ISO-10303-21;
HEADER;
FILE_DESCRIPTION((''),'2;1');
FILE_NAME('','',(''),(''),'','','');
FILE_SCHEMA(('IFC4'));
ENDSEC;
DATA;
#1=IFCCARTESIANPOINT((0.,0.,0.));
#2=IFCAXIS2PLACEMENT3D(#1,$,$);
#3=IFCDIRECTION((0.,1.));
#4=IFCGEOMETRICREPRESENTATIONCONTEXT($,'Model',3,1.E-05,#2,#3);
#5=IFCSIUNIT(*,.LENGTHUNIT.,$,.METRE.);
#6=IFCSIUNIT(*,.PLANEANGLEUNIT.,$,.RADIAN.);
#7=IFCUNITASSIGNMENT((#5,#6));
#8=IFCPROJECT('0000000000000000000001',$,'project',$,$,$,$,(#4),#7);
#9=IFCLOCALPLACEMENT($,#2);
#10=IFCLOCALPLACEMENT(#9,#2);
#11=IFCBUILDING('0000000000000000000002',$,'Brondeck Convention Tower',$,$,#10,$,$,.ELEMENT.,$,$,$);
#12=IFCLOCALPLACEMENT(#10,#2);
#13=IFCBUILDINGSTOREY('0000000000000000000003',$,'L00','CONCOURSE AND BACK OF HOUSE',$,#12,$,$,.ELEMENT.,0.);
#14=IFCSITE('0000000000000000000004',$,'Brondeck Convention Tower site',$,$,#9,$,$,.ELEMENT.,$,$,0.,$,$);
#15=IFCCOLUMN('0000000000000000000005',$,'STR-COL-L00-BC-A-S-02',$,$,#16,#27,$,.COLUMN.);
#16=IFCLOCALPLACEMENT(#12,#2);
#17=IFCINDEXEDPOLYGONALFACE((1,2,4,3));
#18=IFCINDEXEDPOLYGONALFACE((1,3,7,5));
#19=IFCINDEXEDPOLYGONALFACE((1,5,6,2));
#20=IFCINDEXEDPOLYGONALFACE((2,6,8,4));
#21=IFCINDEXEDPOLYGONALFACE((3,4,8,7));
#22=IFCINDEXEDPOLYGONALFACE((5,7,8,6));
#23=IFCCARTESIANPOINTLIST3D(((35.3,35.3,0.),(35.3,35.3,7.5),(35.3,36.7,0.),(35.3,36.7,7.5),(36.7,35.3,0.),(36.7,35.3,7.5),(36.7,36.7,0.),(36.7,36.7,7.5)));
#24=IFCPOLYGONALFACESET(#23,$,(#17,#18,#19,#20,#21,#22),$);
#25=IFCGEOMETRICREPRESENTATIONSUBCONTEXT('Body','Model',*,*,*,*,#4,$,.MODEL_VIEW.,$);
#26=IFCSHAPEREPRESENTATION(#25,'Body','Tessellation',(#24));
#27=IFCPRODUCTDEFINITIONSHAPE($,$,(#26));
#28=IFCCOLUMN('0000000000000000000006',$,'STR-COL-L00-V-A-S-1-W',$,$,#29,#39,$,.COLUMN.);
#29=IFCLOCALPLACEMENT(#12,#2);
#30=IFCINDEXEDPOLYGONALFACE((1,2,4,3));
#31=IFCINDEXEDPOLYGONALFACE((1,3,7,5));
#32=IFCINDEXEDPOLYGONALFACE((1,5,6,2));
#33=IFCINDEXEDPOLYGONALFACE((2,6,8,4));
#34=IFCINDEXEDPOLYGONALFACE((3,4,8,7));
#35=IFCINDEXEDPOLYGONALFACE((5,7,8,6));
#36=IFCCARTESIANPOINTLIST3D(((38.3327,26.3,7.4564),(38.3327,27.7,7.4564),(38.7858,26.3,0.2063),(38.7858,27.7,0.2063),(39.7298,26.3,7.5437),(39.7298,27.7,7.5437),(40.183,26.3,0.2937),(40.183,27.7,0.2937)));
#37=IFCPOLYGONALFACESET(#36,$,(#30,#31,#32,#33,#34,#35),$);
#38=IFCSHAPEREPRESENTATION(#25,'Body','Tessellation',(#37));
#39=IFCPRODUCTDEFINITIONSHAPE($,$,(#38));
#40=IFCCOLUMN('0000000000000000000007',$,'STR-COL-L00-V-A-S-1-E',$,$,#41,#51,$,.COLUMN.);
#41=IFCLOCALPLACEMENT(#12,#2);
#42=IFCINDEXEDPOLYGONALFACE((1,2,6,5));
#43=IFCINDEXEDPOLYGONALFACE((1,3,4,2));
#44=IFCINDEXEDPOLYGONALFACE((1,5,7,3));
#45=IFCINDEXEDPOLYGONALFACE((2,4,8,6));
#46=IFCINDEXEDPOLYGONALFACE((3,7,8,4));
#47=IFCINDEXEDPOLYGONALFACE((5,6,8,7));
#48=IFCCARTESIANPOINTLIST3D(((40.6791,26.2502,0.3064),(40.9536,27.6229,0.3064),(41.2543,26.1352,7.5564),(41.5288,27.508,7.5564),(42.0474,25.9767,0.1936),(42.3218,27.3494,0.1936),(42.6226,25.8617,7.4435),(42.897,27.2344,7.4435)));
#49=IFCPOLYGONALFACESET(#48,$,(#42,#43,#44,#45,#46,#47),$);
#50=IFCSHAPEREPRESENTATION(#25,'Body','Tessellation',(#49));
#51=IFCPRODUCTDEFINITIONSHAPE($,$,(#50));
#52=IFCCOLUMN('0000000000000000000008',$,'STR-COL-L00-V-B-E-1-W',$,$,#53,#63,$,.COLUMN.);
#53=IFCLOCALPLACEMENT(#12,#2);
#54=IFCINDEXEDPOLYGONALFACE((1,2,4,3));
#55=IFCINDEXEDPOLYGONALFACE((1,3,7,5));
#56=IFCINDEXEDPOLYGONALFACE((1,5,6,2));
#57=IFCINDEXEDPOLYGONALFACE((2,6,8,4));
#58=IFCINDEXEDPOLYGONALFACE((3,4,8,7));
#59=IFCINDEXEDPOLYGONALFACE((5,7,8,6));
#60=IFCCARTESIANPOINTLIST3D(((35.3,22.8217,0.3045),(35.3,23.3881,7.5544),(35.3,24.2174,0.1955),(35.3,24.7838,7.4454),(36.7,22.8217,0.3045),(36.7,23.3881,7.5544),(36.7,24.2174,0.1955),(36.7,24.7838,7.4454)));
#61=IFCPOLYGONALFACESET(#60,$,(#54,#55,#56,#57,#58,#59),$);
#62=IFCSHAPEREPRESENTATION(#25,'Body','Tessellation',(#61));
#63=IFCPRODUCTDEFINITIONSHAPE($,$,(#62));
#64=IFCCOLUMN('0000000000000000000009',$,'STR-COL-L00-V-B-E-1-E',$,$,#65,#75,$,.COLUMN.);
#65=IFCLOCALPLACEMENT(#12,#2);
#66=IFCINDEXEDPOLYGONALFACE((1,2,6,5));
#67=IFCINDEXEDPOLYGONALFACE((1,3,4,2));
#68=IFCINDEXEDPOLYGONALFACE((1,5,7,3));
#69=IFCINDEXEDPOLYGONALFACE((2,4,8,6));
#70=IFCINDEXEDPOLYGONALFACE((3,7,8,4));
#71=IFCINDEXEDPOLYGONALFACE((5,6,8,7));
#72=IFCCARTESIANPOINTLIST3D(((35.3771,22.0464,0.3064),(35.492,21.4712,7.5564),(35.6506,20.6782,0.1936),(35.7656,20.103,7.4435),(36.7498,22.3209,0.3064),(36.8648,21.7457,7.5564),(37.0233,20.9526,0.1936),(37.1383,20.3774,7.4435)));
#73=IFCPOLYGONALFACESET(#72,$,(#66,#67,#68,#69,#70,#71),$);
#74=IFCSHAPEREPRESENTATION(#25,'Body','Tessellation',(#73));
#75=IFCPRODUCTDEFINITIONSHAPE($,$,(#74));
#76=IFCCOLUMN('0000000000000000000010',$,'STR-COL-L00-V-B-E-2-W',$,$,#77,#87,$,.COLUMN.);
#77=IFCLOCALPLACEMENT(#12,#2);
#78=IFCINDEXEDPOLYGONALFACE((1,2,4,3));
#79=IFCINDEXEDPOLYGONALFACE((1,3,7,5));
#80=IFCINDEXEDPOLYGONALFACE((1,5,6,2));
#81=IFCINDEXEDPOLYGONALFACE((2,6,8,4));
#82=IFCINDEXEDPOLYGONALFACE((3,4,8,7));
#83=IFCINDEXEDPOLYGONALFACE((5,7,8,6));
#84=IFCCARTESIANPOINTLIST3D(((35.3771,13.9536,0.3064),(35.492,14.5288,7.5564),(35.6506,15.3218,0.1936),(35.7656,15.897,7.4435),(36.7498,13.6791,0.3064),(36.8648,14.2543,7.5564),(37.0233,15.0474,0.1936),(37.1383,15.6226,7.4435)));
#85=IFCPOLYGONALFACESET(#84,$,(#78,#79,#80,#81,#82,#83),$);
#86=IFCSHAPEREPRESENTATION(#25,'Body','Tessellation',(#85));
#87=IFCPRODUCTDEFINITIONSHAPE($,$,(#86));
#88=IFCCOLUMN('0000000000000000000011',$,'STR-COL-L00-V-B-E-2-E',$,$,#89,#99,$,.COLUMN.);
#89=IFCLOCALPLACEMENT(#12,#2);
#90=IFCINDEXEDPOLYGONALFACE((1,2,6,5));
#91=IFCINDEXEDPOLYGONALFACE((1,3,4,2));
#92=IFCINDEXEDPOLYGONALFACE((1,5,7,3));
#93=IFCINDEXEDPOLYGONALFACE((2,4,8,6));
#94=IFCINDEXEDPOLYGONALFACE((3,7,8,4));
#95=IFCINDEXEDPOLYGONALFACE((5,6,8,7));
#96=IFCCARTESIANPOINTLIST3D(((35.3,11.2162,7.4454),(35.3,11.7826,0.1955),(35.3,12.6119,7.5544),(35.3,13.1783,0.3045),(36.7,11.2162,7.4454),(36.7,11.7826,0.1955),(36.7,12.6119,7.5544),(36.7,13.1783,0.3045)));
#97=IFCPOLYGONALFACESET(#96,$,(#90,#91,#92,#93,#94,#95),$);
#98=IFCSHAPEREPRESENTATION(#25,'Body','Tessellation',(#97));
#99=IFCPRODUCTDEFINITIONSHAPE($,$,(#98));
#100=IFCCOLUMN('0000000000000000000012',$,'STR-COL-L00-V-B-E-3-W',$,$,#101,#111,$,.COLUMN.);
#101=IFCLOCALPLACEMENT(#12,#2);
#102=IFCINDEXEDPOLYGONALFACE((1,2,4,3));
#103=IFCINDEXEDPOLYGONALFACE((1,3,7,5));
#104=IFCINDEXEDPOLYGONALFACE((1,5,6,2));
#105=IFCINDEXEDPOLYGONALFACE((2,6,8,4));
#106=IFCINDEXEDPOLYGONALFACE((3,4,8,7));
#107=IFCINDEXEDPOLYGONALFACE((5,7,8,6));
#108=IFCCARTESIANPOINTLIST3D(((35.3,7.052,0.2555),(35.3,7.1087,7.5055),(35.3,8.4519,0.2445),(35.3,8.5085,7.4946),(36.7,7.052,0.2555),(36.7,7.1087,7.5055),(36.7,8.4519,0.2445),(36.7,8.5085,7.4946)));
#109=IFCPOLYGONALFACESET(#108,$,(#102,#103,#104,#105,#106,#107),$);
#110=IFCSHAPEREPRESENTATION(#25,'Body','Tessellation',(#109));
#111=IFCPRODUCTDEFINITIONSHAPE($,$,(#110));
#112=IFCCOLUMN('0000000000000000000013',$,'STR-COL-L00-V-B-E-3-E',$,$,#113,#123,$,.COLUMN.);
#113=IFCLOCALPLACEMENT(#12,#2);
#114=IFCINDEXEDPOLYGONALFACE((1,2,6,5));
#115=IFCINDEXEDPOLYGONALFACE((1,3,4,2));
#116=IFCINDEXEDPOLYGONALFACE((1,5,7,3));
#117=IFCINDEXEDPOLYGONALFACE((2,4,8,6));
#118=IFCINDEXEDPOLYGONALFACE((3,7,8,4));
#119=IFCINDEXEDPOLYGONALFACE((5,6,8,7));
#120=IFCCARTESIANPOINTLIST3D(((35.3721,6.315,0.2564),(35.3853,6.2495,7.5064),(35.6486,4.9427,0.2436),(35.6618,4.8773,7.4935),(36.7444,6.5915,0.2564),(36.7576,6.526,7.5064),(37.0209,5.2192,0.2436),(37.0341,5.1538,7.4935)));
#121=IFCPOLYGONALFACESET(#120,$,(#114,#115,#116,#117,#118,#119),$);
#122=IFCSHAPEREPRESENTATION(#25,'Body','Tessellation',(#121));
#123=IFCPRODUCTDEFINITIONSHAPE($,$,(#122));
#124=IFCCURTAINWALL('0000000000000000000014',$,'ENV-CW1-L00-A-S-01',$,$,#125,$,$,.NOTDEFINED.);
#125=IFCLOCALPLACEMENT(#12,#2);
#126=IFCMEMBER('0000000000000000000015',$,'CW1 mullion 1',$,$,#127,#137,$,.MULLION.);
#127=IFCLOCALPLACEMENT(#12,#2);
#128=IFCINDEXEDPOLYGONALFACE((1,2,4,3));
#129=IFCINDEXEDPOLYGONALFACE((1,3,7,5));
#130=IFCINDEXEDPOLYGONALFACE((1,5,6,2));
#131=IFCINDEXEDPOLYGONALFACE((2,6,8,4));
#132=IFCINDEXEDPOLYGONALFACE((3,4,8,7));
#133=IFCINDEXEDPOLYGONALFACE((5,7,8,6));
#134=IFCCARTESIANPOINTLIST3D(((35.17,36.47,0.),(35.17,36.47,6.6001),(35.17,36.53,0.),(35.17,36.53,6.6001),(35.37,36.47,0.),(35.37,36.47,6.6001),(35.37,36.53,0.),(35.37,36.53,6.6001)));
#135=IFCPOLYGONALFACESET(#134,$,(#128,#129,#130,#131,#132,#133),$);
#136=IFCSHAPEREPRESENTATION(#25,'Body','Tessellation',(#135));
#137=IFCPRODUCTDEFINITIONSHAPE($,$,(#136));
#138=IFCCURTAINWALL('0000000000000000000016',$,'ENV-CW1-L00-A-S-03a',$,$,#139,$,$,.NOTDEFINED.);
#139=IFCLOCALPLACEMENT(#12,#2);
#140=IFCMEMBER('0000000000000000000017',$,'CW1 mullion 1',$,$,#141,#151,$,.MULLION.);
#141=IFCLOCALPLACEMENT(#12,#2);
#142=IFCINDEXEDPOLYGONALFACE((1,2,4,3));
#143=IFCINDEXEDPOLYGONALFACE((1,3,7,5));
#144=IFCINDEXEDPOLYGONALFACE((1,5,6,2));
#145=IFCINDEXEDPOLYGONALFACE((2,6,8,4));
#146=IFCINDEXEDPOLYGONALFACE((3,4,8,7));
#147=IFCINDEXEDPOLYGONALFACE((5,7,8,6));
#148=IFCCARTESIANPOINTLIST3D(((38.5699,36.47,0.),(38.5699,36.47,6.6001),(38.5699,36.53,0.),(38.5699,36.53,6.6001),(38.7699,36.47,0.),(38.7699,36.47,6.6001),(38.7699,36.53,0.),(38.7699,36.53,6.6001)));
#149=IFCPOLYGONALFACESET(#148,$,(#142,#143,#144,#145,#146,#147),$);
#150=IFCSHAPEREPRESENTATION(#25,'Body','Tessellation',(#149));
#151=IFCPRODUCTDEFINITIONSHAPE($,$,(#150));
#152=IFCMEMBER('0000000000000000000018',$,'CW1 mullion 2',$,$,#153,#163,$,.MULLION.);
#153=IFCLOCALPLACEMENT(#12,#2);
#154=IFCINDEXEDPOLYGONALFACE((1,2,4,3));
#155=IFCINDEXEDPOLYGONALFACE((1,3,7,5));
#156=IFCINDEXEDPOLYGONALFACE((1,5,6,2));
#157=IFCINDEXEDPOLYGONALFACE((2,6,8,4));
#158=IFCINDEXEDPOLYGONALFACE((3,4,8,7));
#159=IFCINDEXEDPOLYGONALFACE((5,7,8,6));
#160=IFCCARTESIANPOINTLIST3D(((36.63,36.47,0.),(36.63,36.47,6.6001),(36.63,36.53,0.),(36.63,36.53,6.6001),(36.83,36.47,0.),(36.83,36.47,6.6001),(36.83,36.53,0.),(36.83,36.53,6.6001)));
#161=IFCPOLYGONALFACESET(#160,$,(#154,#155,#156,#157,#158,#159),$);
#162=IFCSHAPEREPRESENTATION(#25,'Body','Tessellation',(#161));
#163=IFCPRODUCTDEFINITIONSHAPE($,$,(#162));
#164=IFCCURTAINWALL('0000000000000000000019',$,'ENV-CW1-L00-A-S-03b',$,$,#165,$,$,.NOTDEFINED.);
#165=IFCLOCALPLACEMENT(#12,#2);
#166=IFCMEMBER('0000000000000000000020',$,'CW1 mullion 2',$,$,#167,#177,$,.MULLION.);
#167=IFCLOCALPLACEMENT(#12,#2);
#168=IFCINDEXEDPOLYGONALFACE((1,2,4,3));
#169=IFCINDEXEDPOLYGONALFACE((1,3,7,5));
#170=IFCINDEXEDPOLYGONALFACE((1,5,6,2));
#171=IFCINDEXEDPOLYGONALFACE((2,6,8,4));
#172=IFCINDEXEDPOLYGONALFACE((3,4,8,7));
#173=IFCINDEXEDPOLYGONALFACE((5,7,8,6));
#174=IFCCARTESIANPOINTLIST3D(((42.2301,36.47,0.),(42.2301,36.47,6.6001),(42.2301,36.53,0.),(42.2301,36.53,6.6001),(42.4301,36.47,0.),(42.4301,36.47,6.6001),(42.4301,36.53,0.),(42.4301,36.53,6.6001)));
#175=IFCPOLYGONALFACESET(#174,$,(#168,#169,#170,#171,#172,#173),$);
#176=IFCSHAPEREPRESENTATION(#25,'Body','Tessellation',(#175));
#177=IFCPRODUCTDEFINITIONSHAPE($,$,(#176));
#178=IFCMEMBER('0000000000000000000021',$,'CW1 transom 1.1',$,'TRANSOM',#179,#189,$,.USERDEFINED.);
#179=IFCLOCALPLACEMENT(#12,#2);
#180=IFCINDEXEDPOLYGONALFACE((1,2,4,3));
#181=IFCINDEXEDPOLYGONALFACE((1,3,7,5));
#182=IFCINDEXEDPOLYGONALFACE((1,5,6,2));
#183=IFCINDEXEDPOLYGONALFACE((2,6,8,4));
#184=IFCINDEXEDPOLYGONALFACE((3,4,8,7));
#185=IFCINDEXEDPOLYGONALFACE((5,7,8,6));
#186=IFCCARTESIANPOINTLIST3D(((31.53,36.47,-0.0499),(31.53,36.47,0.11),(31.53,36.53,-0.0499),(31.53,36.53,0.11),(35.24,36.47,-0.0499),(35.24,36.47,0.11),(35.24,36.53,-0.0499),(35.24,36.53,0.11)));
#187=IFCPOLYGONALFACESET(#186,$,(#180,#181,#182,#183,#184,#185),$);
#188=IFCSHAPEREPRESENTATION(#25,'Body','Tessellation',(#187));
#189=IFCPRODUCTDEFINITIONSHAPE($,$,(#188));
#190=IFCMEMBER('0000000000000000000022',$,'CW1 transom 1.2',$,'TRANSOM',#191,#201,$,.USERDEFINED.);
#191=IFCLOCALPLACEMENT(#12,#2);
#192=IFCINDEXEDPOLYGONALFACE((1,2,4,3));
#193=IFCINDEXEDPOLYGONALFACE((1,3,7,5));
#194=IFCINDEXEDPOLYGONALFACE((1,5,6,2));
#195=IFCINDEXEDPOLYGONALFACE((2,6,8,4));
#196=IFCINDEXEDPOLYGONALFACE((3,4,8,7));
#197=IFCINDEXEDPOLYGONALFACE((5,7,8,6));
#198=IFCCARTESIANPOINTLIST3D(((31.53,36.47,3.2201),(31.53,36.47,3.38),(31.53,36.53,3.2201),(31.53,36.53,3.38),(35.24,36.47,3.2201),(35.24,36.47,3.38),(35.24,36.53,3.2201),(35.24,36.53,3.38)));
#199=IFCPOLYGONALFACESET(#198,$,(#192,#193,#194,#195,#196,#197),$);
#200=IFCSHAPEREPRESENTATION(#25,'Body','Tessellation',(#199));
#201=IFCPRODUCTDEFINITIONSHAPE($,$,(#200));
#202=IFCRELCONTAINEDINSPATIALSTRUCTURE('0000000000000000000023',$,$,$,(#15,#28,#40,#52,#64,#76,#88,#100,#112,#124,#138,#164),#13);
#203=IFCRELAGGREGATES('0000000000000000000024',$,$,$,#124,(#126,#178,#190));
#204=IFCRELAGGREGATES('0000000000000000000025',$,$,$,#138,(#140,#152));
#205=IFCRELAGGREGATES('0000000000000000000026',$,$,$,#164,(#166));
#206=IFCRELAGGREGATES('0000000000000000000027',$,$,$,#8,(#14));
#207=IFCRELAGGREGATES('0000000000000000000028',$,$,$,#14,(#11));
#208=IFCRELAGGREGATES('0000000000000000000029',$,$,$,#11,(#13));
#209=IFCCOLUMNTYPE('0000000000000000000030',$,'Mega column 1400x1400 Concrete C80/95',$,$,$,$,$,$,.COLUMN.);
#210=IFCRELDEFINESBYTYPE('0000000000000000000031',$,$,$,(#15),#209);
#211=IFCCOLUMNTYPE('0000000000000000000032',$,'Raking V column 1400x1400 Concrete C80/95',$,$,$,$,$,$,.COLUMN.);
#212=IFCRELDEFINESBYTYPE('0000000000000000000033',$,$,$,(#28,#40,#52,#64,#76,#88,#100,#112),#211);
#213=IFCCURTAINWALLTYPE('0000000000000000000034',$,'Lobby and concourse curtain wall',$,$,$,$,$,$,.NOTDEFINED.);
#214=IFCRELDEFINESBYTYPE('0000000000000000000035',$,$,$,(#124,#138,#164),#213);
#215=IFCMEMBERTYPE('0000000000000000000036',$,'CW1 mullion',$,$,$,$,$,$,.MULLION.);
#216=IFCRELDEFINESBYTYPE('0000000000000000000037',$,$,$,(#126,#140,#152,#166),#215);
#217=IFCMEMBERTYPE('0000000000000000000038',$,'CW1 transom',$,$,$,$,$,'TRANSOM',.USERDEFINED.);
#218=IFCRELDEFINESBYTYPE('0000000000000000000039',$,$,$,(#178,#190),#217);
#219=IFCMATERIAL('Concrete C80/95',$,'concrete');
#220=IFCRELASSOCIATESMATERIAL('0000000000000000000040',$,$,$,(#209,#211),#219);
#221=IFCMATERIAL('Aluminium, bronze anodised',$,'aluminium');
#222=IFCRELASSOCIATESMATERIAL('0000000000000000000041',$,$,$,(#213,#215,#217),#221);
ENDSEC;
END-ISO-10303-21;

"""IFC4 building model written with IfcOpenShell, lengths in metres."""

from ifc_helpers import new_model, si_unit, direction, frame, origin, origin_2d, place, context, subcontext, project, spatial, rectangle, extrude, material, material_profile, profile_set, type_object, element, aggregate, save


model = new_model("IFC4")

# Units and contexts
model_context = context("Model", 3, precision=1e-05, world=origin(), true_north=direction((0.0, 1.0)))
body_context = subcontext(model_context, "Body", "Model", "MODEL_VIEW")
ifc_project = project(units=[si_unit("LENGTHUNIT", "METRE"), si_unit("PLANEANGLEUNIT", "RADIAN")], contexts=[model_context])

# Site, building, storey
site_placement = place(None, origin())
site = spatial("IfcSite", under=ifc_project, at=site_placement, Name="Brondeck Convention Tower site", CompositionType="ELEMENT", RefElevation=0.0)
building_placement = place(site_placement, origin())
building = spatial("IfcBuilding", under=site, at=building_placement, Name="Brondeck Convention Tower", CompositionType="ELEMENT")
storey_placement = place(building_placement, origin())
storey = spatial("IfcBuildingStorey", under=building, at=storey_placement, Name="L00", Description="CONCOURSE AND BACK OF HOUSE", CompositionType="ELEMENT", Elevation=0.0)

# Columns
ifc_material_1 = material(Name="Concrete C80/95", Category="concrete")
ifc_material_profile_1 = material_profile(ifc_material_1, rectangle(XDim=1.3999, YDim=1.3999, at=origin_2d()), Name="Mega column 1400x1400 Concrete C80/95")
ifc_profile_set_1 = profile_set([ifc_material_profile_1], Name="Concrete C80/95")
column_type_1 = type_object("IfcColumnType", Name="Mega column 1400x1400 Concrete C80/95", PredefinedType="COLUMN", material=ifc_profile_set_1)
column_1_placement = place(storey_placement, frame((36.0, 36.0, 0.0), z_axis=(0.0, 0.0, 1.0), x_axis=(1.0, 0.0, 0.0)))
element("IfcColumn", 1, at=column_1_placement, inside=storey, type_object=column_type_1, Name="STR-COL-L00-BC-A-S-02", PredefinedType="COLUMN", context=body_context, shape_type="SweptSolid", body=[
    extrude(rectangle(XDim=1.3999, YDim=1.3999, at=origin_2d()), origin(), (0.0, 0.0, 1.0), 7.5),
])
ifc_material_profile_2 = material_profile(ifc_material_1, rectangle(XDim=1.3999, YDim=1.3999, at=origin_2d()), Name="Raking V column 1400x1400 Concrete C80/95")
ifc_profile_set_2 = profile_set([ifc_material_profile_2], Name="Concrete C80/95")
column_type_2 = type_object("IfcColumnType", Name="Raking V column 1400x1400 Concrete C80/95", PredefinedType="COLUMN", material=ifc_profile_set_2)
column_2_placement = place(storey_placement, frame((39.4844, 27.0, 0.25), z_axis=(-0.062378, 0.0, 0.998053), x_axis=(0.0, -1.0, 0.0)))
element("IfcColumn", 2, at=column_2_placement, inside=storey, type_object=column_type_2, Name="STR-COL-L00-V-A-S-1-W", PredefinedType="COLUMN", context=body_context, shape_type="SweptSolid", body=[
    extrude(rectangle(XDim=1.3999, YDim=1.3999, at=origin_2d()), origin(), (0.0, 0.0, 1.0), 7.2642),
])
column_3_placement = place(storey_placement, frame((41.5005, 26.7998, 0.25), z_axis=(0.079079, -0.015809, 0.996743), x_axis=(0.196036, 0.980597, 0.0)))
element("IfcColumn", 3, at=column_3_placement, inside=storey, type_object=column_type_2, Name="STR-COL-L00-V-A-S-1-E", PredefinedType="COLUMN", context=body_context, shape_type="SweptSolid", body=[
    extrude(rectangle(XDim=1.3999, YDim=1.3999, at=origin_2d()), origin(), (0.0, 0.0, 1.0), 7.2737),
])
column_4_placement = place(storey_placement, frame((36.0, 23.5195, 0.25), z_axis=(0.0, 0.077888, 0.996962), x_axis=(-1.0, 0.0, 0.0)))
element("IfcColumn", 4, at=column_4_placement, inside=storey, type_object=column_type_2, Name="STR-COL-L00-V-B-E-1-W", PredefinedType="COLUMN", context=body_context, shape_type="SweptSolid", body=[
    extrude(rectangle(XDim=1.3999, YDim=1.3999, at=origin_2d()), origin(), (0.0, 0.0, 1.0), 7.272),
])
for number, where, z_axis, x_axis, name in (
    (5, (36.2002, 21.4995, 0.25), (0.015809, -0.079079, 0.996743), (0.980597, 0.196036, 0.0), "STR-COL-L00-V-B-E-1-E"),
    (6, (36.2002, 14.5005, 0.25), (0.015809, 0.079079, 0.996743), (-0.980597, 0.196036, 0.0), "STR-COL-L00-V-B-E-2-W"),
):
    element("IfcColumn", number, at=place(storey_placement, frame(where, z_axis=z_axis, x_axis=x_axis)), inside=storey, type_object=column_type_2, Name=name, PredefinedType="COLUMN", context=body_context, shape_type="SweptSolid", body=[
        extrude(rectangle(XDim=1.3999, YDim=1.3999, at=origin_2d()), origin(), (0.0, 0.0, 1.0), 7.2737),
    ])
column_5_placement = place(storey_placement, frame((36.0, 12.4805, 0.25), z_axis=(0.0, -0.077888, 0.996962), x_axis=(1.0, 0.0, 0.0)))
element("IfcColumn", 7, at=column_5_placement, inside=storey, type_object=column_type_2, Name="STR-COL-L00-V-B-E-2-E", PredefinedType="COLUMN", context=body_context, shape_type="SweptSolid", body=[
    extrude(rectangle(XDim=1.3999, YDim=1.3999, at=origin_2d()), origin(), (0.0, 0.0, 1.0), 7.272),
])
for number, where, z_axis, x_axis, name in (
    (8, (36.0, 7.752, 0.25), (0.0, 0.007812, 0.999969), (-1.0, 0.0, 0.0), "STR-COL-L00-V-B-E-3-W"),
    (9, (36.1965, 5.7671, 0.25), (0.001818, -0.009024, 0.999958), (0.980298, 0.197523, 0.0), "STR-COL-L00-V-B-E-3-E"),
):
    element("IfcColumn", number, at=place(storey_placement, frame(where, z_axis=z_axis, x_axis=x_axis)), inside=storey, type_object=column_type_2, Name=name, PredefinedType="COLUMN", context=body_context, shape_type="SweptSolid", body=[
        extrude(rectangle(XDim=1.3999, YDim=1.3999, at=origin_2d()), origin(), (0.0, 0.0, 1.0), 7.2502),
    ])

# Curtain wall, member
ifc_material_2 = material(Name="Aluminium, bronze anodised", Category="aluminium")
curtain_wall_type = type_object("IfcCurtainWallType", Name="Lobby and concourse curtain wall", PredefinedType="NOTDEFINED", material=ifc_material_2)
curtain_wall_1_placement = place(storey_placement, origin())
curtain_wall_1 = element("IfcCurtainWall", 10, at=curtain_wall_1_placement, inside=storey, type_object=curtain_wall_type, Name="ENV-CW1-L00-A-S-01", PredefinedType="NOTDEFINED")
ifc_material_profile_3 = material_profile(ifc_material_2, rectangle(XDim=0.0601, YDim=0.2, at=origin_2d()), Name="CW1 mullion")
ifc_profile_set_3 = profile_set([ifc_material_profile_3], Name="Aluminium, bronze anodised")
member_type_1 = type_object("IfcMemberType", Name="CW1 mullion", PredefinedType="MULLION", material=ifc_profile_set_3)
member_1_placement = place(storey_placement, frame((35.27, 36.5, 0.0), z_axis=(0.0, 0.0, 1.0), x_axis=(0.0, -1.0, 0.0)))
member_1 = element("IfcMember", 11, at=member_1_placement, type_object=member_type_1, Name="CW1 mullion 1", PredefinedType="MULLION", context=body_context, shape_type="SweptSolid", body=[
    extrude(rectangle(XDim=0.0601, YDim=0.2, at=origin_2d()), origin(), (0.0, 0.0, 1.0), 6.6001),
])

# Curtain wall, members
curtain_wall_2_placement = place(storey_placement, origin())
curtain_wall_2 = element("IfcCurtainWall", 12, at=curtain_wall_2_placement, inside=storey, type_object=curtain_wall_type, Name="ENV-CW1-L00-A-S-03a", PredefinedType="NOTDEFINED")
member_2_placement = place(storey_placement, frame((38.6699, 36.5, 0.0), z_axis=(0.0, 0.0, 1.0), x_axis=(0.0, -1.0, 0.0)))
member_2 = element("IfcMember", 13, at=member_2_placement, type_object=member_type_1, Name="CW1 mullion 1", PredefinedType="MULLION", context=body_context, shape_type="SweptSolid", body=[
    extrude(rectangle(XDim=0.0601, YDim=0.2, at=origin_2d()), origin(), (0.0, 0.0, 1.0), 6.6001),
])
member_3_placement = place(storey_placement, frame((36.73, 36.5, 0.0), z_axis=(0.0, 0.0, 1.0), x_axis=(0.0, -1.0, 0.0)))
member_3 = element("IfcMember", 14, at=member_3_placement, type_object=member_type_1, Name="CW1 mullion 2", PredefinedType="MULLION", context=body_context, shape_type="SweptSolid", body=[
    extrude(rectangle(XDim=0.0601, YDim=0.2, at=origin_2d()), origin(), (0.0, 0.0, 1.0), 6.6001),
])

# Curtain wall, member
curtain_wall_3_placement = place(storey_placement, origin())
curtain_wall_3 = element("IfcCurtainWall", 15, at=curtain_wall_3_placement, inside=storey, type_object=curtain_wall_type, Name="ENV-CW1-L00-A-S-03b", PredefinedType="NOTDEFINED")
member_4_placement = place(storey_placement, frame((42.3301, 36.5, 0.0), z_axis=(0.0, 0.0, 1.0), x_axis=(0.0, -1.0, 0.0)))
member_4 = element("IfcMember", 16, at=member_4_placement, type_object=member_type_1, Name="CW1 mullion 2", PredefinedType="MULLION", context=body_context, shape_type="SweptSolid", body=[
    extrude(rectangle(XDim=0.0601, YDim=0.2, at=origin_2d()), origin(), (0.0, 0.0, 1.0), 6.6001),
])

# Members
ifc_material_profile_4 = material_profile(ifc_material_2, rectangle(XDim=0.0601, YDim=0.1599, at=origin_2d()), Name="CW1 transom")
ifc_profile_set_4 = profile_set([ifc_material_profile_4], Name="Aluminium, bronze anodised")
member_type_2 = type_object("IfcMemberType", Name="CW1 transom", ElementType="TRANSOM", PredefinedType="USERDEFINED", material=ifc_profile_set_4)
member_5_placement = place(storey_placement, frame((35.24, 36.5, 0.03), z_axis=(-1.0, 0.0, 0.0), x_axis=(0.0, -1.0, 0.0)))
member_5 = element("IfcMember", 17, at=member_5_placement, type_object=member_type_2, Name="CW1 transom 1.1", ObjectType="TRANSOM", PredefinedType="USERDEFINED", context=body_context, shape_type="SweptSolid", body=[
    extrude(rectangle(XDim=0.0601, YDim=0.1599, at=origin_2d()), origin(), (0.0, 0.0, 1.0), 3.71),
])
member_6_placement = place(storey_placement, frame((35.24, 36.5, 3.3), z_axis=(-1.0, 0.0, 0.0), x_axis=(0.0, -1.0, 0.0)))
member_6 = element("IfcMember", 18, at=member_6_placement, type_object=member_type_2, Name="CW1 transom 1.2", ObjectType="TRANSOM", PredefinedType="USERDEFINED", context=body_context, shape_type="SweptSolid", body=[
    extrude(rectangle(XDim=0.0601, YDim=0.1599, at=origin_2d()), origin(), (0.0, 0.0, 1.0), 3.71),
])

aggregate(curtain_wall_1, [member_1, member_5, member_6])
aggregate(curtain_wall_2, [member_2, member_3])
aggregate(curtain_wall_3, [member_4])

save(model, "model.ifc")
